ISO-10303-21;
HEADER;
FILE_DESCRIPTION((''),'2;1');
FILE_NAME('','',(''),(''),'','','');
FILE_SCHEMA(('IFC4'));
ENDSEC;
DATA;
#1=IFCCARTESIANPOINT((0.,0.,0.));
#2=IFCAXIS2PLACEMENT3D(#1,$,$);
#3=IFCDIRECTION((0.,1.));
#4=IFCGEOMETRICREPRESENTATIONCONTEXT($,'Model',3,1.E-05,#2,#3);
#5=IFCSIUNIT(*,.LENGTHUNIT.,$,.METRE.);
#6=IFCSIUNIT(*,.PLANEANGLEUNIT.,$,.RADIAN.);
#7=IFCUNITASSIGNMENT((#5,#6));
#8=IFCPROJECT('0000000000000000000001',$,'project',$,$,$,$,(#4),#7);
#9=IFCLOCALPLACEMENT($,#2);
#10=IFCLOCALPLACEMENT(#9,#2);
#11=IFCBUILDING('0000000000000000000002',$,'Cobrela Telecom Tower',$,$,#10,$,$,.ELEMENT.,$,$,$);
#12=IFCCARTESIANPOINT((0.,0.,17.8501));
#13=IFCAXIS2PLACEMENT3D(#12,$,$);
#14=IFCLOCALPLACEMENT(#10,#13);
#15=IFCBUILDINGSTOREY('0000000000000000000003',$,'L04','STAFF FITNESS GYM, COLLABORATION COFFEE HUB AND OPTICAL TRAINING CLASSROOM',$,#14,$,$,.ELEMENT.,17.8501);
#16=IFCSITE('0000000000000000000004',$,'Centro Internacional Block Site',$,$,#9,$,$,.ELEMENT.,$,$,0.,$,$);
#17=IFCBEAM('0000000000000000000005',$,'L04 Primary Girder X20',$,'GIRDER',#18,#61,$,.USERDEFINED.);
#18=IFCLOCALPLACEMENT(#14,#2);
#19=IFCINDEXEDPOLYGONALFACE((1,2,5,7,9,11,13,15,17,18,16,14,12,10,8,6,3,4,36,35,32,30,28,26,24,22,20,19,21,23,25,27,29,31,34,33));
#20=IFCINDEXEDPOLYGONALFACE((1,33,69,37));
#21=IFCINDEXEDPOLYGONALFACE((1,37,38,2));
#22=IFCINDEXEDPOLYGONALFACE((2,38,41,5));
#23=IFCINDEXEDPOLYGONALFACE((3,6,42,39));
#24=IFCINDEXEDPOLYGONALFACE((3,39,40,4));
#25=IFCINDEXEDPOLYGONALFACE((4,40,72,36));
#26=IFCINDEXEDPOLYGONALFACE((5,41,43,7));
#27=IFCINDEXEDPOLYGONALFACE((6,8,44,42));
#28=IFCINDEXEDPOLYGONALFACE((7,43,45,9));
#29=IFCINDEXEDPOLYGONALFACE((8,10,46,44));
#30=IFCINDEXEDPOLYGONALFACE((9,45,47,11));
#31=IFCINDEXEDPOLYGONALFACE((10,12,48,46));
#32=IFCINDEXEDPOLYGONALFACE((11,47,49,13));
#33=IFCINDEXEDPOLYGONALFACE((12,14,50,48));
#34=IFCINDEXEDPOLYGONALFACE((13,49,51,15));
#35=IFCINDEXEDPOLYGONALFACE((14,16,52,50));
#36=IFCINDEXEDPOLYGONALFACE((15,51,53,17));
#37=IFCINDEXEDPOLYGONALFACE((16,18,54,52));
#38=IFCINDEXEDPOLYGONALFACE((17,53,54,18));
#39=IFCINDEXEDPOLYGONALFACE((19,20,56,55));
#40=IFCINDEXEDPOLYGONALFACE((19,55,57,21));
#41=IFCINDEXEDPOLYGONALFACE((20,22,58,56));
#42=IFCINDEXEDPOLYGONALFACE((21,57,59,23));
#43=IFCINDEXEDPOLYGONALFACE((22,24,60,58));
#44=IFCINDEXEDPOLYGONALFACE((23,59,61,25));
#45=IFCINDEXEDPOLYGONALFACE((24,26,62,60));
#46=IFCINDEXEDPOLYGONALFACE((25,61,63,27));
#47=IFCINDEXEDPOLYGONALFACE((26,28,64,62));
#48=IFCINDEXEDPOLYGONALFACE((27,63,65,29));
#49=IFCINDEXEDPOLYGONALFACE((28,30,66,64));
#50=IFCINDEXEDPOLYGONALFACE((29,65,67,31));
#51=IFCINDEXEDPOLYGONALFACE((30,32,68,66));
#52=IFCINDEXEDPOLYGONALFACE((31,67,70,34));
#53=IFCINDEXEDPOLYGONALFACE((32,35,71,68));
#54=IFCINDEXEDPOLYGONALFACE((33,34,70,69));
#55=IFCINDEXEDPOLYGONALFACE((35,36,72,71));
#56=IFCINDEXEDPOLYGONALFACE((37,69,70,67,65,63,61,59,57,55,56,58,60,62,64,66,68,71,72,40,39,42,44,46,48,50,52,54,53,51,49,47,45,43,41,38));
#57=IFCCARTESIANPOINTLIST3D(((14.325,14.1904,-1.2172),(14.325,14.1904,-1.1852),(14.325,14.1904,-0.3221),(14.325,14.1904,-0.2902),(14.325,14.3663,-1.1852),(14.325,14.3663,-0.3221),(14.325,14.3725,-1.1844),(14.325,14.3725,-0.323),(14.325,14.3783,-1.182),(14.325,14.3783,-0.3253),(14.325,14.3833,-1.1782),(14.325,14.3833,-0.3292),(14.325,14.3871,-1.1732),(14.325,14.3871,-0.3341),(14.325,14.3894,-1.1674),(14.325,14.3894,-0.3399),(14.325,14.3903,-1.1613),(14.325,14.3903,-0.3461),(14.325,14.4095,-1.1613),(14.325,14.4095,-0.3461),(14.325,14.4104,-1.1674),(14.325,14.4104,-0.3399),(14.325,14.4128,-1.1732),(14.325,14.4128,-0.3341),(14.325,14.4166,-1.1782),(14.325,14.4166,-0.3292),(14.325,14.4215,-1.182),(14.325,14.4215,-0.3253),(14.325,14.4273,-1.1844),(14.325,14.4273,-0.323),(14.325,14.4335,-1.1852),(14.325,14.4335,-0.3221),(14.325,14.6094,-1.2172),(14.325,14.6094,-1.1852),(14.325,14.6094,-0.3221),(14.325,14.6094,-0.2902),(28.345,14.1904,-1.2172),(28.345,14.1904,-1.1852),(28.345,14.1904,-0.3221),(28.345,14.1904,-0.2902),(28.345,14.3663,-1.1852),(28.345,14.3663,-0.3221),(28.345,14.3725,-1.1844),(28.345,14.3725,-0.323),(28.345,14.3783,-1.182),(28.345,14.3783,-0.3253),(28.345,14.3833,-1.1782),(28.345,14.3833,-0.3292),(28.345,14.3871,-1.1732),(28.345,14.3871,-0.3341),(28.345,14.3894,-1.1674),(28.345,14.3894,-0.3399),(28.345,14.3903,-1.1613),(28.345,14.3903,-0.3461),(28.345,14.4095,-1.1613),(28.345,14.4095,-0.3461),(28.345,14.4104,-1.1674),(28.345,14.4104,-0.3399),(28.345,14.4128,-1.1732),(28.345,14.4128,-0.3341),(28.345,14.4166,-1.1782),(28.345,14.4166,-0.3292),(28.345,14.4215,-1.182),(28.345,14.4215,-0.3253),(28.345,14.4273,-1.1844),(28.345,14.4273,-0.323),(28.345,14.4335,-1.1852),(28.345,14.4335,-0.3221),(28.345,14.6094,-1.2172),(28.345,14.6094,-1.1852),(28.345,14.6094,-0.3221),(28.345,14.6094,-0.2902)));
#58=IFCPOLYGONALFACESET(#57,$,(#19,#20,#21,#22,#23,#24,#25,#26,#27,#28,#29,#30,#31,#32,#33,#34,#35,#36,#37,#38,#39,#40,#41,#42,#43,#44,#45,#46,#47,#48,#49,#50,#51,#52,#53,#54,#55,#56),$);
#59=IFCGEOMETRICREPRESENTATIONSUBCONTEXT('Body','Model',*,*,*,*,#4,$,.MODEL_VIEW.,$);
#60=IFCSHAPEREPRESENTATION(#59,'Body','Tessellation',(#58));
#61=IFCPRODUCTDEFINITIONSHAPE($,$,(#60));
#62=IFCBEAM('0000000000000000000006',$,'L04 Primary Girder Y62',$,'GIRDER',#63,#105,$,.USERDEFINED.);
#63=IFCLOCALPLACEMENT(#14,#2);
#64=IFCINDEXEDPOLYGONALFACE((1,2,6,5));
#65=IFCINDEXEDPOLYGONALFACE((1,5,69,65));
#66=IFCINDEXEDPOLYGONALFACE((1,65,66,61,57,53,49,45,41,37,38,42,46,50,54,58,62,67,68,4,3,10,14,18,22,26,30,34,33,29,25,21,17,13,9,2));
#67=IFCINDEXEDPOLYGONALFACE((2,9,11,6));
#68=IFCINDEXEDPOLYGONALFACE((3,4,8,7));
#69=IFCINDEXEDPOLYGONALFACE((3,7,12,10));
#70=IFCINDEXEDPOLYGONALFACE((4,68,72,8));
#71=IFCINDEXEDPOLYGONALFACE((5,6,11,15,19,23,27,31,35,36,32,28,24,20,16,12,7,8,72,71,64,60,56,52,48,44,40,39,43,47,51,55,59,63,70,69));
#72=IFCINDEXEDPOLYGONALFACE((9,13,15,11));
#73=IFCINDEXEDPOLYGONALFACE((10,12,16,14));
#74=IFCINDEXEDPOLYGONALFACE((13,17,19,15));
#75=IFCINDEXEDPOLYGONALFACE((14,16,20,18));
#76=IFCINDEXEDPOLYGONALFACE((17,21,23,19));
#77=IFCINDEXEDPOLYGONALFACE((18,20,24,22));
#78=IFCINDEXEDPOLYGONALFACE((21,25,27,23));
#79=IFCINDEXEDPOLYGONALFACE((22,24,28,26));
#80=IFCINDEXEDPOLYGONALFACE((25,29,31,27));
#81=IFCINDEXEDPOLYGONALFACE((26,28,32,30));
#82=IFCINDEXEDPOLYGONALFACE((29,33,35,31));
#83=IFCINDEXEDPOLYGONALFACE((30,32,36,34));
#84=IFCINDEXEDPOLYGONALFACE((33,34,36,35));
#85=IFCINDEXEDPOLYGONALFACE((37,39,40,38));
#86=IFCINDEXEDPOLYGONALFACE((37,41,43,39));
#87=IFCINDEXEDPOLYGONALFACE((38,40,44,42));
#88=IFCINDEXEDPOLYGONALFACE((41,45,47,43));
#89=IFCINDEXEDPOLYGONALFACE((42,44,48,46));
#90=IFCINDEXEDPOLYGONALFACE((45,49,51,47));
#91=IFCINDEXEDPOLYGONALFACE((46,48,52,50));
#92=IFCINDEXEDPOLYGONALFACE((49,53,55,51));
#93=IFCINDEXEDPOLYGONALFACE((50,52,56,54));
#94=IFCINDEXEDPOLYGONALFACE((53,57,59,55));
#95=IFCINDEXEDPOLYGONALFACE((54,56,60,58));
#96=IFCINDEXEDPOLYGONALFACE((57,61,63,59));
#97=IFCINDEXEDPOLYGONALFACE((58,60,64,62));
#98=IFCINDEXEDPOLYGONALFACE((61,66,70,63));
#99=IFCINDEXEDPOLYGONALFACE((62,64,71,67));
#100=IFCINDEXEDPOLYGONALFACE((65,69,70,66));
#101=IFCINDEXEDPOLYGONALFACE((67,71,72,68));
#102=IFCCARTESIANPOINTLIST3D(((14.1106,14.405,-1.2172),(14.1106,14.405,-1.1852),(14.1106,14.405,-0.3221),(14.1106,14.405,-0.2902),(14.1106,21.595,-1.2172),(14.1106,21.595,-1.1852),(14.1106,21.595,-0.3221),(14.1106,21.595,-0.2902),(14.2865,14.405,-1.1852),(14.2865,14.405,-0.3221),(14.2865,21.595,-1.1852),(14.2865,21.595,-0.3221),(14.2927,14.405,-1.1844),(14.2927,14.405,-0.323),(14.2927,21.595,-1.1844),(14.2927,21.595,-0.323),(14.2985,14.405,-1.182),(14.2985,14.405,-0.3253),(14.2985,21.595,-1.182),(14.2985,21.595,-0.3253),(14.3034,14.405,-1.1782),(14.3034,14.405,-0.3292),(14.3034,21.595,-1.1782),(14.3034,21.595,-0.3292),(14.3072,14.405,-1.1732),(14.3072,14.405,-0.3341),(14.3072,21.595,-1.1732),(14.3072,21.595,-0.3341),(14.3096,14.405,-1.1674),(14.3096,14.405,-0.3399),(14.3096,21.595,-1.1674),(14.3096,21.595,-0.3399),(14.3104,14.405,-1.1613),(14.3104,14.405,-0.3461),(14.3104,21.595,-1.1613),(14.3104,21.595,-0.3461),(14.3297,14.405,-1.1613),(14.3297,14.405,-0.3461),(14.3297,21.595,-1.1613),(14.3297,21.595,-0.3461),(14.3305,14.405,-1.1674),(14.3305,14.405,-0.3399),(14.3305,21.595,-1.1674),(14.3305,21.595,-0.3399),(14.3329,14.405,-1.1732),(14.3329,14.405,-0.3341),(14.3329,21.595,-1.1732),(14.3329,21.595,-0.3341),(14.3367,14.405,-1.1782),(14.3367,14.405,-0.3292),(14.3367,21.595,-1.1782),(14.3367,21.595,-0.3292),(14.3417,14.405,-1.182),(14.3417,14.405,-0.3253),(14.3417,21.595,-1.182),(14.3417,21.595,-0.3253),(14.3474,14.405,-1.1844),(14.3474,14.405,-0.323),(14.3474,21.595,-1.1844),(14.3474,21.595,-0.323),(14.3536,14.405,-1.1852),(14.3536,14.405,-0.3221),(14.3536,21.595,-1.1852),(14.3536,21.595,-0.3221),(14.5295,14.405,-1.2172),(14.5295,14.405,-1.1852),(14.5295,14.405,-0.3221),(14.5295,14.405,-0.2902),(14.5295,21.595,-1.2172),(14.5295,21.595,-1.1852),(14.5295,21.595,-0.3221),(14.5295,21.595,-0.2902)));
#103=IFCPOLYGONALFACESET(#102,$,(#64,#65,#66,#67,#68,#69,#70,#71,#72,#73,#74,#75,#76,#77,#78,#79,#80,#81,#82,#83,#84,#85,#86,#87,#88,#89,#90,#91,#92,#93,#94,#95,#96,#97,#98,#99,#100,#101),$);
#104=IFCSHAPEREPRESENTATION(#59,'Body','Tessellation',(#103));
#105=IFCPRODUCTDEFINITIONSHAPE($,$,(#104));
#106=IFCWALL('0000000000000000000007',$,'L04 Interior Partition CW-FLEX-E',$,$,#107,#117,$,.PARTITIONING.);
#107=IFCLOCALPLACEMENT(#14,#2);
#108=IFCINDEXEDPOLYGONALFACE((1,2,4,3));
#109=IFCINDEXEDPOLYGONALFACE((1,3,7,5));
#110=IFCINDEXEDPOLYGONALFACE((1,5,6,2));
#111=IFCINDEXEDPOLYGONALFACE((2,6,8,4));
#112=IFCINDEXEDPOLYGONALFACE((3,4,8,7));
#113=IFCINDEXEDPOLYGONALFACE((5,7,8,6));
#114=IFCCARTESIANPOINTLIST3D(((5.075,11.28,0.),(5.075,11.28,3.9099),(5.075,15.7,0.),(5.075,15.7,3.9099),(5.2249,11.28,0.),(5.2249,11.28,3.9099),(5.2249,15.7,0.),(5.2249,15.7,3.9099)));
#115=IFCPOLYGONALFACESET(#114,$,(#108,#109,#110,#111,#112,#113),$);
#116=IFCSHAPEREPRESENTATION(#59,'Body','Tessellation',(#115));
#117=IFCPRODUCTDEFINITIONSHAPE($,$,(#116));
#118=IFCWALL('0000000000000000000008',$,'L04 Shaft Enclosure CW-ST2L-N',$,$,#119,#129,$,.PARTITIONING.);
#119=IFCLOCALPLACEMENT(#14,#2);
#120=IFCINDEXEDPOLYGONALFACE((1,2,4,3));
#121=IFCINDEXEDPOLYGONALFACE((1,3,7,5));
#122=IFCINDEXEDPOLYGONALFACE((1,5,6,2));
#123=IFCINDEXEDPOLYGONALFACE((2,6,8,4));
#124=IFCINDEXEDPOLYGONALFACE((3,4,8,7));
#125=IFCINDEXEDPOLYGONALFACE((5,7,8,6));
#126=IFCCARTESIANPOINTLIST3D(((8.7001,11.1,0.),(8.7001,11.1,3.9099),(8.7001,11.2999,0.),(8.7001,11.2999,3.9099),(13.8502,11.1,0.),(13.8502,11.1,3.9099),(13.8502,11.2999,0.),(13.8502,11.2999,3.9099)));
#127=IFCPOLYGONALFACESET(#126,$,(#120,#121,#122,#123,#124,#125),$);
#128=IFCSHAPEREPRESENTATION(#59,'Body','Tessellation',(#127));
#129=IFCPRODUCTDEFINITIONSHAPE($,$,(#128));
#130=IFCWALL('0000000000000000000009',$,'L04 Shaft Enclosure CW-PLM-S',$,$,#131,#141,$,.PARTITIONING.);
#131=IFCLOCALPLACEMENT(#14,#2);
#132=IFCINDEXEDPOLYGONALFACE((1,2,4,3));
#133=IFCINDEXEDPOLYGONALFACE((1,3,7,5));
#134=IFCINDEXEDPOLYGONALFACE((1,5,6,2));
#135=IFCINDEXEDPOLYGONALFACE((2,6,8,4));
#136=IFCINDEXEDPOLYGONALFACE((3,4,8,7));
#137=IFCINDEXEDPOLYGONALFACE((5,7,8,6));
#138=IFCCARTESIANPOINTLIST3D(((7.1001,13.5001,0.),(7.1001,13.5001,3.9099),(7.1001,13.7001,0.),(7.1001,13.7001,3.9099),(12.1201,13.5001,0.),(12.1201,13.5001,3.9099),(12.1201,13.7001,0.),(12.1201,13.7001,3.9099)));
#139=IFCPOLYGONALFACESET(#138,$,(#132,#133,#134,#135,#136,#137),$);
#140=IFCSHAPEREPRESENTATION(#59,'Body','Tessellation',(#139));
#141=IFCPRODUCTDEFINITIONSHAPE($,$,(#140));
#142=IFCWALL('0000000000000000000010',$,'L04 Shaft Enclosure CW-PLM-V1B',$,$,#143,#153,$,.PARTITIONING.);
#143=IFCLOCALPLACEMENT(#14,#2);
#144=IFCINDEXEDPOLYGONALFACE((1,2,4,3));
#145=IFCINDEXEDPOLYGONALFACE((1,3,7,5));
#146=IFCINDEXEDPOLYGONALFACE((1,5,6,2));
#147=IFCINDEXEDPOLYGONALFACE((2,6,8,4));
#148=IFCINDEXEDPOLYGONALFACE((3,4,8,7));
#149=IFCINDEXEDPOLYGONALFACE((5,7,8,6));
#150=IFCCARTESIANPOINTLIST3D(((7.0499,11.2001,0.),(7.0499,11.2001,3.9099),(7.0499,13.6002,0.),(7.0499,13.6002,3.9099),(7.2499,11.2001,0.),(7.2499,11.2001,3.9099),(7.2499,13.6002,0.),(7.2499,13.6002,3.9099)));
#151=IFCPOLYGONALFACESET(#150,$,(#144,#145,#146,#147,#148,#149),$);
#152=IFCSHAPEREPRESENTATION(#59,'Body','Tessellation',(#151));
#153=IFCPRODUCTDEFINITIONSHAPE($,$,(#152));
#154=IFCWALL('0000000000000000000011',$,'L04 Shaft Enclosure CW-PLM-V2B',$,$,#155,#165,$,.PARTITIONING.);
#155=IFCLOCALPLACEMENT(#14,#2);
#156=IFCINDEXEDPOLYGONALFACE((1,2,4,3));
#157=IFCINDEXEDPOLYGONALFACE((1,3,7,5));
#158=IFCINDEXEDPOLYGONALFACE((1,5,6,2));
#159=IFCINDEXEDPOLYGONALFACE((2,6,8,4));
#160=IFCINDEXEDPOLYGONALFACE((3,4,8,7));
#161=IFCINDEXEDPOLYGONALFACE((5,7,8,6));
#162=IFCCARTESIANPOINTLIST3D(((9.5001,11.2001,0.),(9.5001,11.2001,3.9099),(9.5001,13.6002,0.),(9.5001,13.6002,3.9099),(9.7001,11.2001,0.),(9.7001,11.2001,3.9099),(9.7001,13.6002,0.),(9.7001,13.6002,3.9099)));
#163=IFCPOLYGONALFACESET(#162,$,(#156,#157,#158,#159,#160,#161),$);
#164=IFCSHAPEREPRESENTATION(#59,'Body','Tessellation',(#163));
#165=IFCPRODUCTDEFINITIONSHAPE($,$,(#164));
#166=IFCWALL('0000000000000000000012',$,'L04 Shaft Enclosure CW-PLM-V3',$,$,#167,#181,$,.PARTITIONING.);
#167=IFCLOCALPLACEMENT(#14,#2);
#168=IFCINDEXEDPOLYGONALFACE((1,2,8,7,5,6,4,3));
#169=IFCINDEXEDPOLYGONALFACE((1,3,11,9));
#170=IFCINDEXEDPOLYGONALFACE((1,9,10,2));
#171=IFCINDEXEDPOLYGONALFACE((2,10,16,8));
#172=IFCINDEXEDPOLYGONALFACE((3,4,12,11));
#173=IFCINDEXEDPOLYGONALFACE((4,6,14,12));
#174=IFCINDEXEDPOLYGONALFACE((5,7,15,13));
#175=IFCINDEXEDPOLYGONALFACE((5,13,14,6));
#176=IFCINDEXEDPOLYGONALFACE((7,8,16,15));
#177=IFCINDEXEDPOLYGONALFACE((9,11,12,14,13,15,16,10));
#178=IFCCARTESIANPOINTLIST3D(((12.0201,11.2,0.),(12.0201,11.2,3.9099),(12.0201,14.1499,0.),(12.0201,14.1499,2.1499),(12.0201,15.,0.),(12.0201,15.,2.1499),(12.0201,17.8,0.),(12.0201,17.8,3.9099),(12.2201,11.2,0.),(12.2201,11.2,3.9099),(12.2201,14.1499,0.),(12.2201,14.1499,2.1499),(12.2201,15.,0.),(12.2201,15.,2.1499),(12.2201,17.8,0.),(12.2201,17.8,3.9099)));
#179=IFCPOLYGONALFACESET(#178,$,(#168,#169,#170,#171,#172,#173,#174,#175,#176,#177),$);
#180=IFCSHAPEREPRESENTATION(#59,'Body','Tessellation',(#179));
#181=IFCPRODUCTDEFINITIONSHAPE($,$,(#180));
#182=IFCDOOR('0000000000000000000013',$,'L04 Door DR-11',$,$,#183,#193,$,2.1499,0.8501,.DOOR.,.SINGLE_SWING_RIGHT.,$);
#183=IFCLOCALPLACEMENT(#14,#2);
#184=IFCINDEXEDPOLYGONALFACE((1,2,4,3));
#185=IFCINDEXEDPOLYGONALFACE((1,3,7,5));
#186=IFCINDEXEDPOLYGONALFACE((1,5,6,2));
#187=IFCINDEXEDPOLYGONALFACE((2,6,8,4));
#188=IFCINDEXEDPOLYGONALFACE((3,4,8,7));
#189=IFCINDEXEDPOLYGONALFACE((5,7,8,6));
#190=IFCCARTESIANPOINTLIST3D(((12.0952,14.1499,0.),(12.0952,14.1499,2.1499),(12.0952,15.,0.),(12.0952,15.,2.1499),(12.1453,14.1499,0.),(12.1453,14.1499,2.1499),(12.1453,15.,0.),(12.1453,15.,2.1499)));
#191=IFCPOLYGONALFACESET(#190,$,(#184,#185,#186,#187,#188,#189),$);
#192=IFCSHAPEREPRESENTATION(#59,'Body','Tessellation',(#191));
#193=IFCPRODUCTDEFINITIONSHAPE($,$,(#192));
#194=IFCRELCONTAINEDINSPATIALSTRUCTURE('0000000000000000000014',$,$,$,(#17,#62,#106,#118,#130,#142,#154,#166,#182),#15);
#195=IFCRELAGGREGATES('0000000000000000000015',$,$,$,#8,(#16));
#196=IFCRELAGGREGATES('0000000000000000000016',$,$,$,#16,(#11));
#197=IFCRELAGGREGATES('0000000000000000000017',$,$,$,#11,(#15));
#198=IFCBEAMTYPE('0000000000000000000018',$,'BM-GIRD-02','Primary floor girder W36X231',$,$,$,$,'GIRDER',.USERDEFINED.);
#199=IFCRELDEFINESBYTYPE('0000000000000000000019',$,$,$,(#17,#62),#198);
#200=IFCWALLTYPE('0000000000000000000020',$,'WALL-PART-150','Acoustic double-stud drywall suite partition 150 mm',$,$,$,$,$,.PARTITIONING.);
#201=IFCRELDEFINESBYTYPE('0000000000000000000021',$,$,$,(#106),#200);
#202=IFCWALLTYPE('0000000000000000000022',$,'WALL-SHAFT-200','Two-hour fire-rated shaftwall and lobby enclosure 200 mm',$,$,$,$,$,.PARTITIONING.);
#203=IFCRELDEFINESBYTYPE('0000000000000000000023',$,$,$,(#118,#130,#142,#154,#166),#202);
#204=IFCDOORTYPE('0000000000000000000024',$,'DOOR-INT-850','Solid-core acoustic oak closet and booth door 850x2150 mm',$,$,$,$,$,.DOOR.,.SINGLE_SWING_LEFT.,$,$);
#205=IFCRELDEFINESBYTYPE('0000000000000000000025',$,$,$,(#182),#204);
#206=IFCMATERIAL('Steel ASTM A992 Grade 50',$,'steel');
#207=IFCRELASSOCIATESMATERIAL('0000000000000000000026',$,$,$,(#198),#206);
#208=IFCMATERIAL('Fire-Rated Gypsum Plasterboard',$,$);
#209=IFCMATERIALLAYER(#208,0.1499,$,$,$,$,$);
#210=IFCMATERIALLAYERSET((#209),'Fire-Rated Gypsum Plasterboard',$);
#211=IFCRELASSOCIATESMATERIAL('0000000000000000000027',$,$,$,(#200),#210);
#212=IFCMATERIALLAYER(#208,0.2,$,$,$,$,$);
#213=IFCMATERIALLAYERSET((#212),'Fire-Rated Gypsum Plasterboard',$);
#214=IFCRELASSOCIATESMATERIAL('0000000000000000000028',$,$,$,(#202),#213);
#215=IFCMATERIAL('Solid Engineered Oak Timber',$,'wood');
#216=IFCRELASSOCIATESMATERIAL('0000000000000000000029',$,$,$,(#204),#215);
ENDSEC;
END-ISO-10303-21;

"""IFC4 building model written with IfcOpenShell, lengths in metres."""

from ifc_helpers import new_model, si_unit, direction, frame, frame_2d, origin, origin_2d, place, context, subcontext, project, spatial, rectangle, i_section, extrude, material, layer, layer_set, material_profile, profile_set, type_object, element, fill, save


model = new_model("IFC4")

# Units and contexts
model_context = context("Model", 3, precision=1e-05, world=origin(), true_north=direction((0.0, 1.0)))
body_context = subcontext(model_context, "Body", "Model", "MODEL_VIEW")
ifc_project = project(units=[si_unit("LENGTHUNIT", "METRE"), si_unit("PLANEANGLEUNIT", "RADIAN")], contexts=[model_context])

# Site, building, storey
site_placement = place(None, origin())
site = spatial("IfcSite", under=ifc_project, at=site_placement, Name="Centro Internacional Block Site", CompositionType="ELEMENT", RefElevation=0.0)
building_placement = place(site_placement, origin())
building = spatial("IfcBuilding", under=site, at=building_placement, Name="Cobrela Telecom Tower", CompositionType="ELEMENT")
storey_placement = place(building_placement, frame((0.0, 0.0, 17.8501)))
storey = spatial("IfcBuildingStorey", under=building, at=storey_placement, Name="L04", Description="STAFF FITNESS GYM, COLLABORATION COFFEE HUB AND OPTICAL TRAINING CLASSROOM", CompositionType="ELEMENT", Elevation=17.8501)

# Beams
ifc_material_1 = material(Name="Steel ASTM A992 Grade 50", Category="steel")
ifc_material_profile = material_profile(ifc_material_1, i_section(OverallWidth=0.4189, OverallDepth=0.927, WebThickness=0.0193, FlangeThickness=0.032, FilletRadius=0.0239, at=origin_2d()), Name="W36X231")
ifc_profile_set = profile_set([ifc_material_profile], Name="Steel ASTM A992 Grade 50")
beam_type = type_object("IfcBeamType", Name="BM-GIRD-02", Description="Primary floor girder W36X231", ElementType="GIRDER", PredefinedType="USERDEFINED", material=ifc_profile_set)
beam_1_placement = place(storey_placement, frame((14.325, 14.3999, -0.7537), z_axis=(1.0, 0.0, 0.0), x_axis=(0.0, 1.0, 0.0)))
element("IfcBeam", 1, at=beam_1_placement, inside=storey, type_object=beam_type, Name="L04 Primary Girder X20", ObjectType="GIRDER", PredefinedType="USERDEFINED", context=body_context, shape_type="SweptSolid", body=[
    extrude(i_section(OverallWidth=0.4189, OverallDepth=0.927, WebThickness=0.0193, FlangeThickness=0.032, FilletRadius=0.0239, at=origin_2d()), origin(), (0.0, 0.0, 1.0), 14.02),
])
beam_2_placement = place(storey_placement, frame((14.3201, 14.405, -0.7537), z_axis=(0.0, 1.0, 0.0), x_axis=(-1.0, 0.0, 0.0)))
element("IfcBeam", 2, at=beam_2_placement, inside=storey, type_object=beam_type, Name="L04 Primary Girder Y62", ObjectType="GIRDER", PredefinedType="USERDEFINED", context=body_context, shape_type="SweptSolid", body=[
    extrude(i_section(OverallWidth=0.4189, OverallDepth=0.927, WebThickness=0.0193, FlangeThickness=0.032, FilletRadius=0.0239, at=origin_2d()), origin(), (0.0, 0.0, 1.0), 7.1899),
])

# Walls
ifc_material_2 = material(Name="Fire-Rated Gypsum Plasterboard")
ifc_layer_1 = layer(ifc_material_2, 0.1499)
ifc_layer_set_1 = layer_set([ifc_layer_1], Name="Fire-Rated Gypsum Plasterboard")
wall_type_1 = type_object("IfcWallType", Name="WALL-PART-150", Description="Acoustic double-stud drywall suite partition 150 mm", PredefinedType="PARTITIONING", material=ifc_layer_set_1)
wall_1_placement = place(storey_placement, frame((5.1499, 11.28, 0.0), z_axis=(0.0, 0.0, 1.0), x_axis=(0.0, 1.0, 0.0)))
element("IfcWall", 3, at=wall_1_placement, inside=storey, type_object=wall_type_1, Name="L04 Interior Partition CW-FLEX-E", PredefinedType="PARTITIONING", context=body_context, shape_type="SweptSolid", body=[
    extrude(rectangle(XDim=4.4199, YDim=0.1499, at=frame_2d((2.21, 0.0))), origin(), (0.0, 0.0, 1.0), 3.9099),
])
ifc_layer_2 = layer(ifc_material_2, 0.2)
ifc_layer_set_2 = layer_set([ifc_layer_2], Name="Fire-Rated Gypsum Plasterboard")
wall_type_2 = type_object("IfcWallType", Name="WALL-SHAFT-200", Description="Two-hour fire-rated shaftwall and lobby enclosure 200 mm", PredefinedType="PARTITIONING", material=ifc_layer_set_2)
wall_2_placement = place(storey_placement, frame((8.7, 11.2, 0.0), z_axis=(0.0, 0.0, 1.0), x_axis=(1.0, 0.0, 0.0)))
element("IfcWall", 4, at=wall_2_placement, inside=storey, type_object=wall_type_2, Name="L04 Shaft Enclosure CW-ST2L-N", PredefinedType="PARTITIONING", context=body_context, shape_type="SweptSolid", body=[
    extrude(rectangle(XDim=5.1501, YDim=0.2, at=frame_2d((2.5752, 0.0))), origin(), (0.0, 0.0, 1.0), 3.9099),
])
wall_3_placement = place(storey_placement, frame((7.1001, 13.6001, 0.0), z_axis=(0.0, 0.0, 1.0), x_axis=(1.0, 0.0, 0.0)))
element("IfcWall", 5, at=wall_3_placement, inside=storey, type_object=wall_type_2, Name="L04 Shaft Enclosure CW-PLM-S", PredefinedType="PARTITIONING", context=body_context, shape_type="SweptSolid", body=[
    extrude(rectangle(XDim=5.02, YDim=0.2, at=frame_2d((2.51, 0.0))), origin(), (0.0, 0.0, 1.0), 3.9099),
])
for number, where, z_axis, x_axis, name in (
    (6, (7.1499, 11.2, 0.0), (0.0, 0.0, 1.0), (0.0, 1.0, 0.0), "L04 Shaft Enclosure CW-PLM-V1B"),
    (7, (9.6001, 11.2, 0.0), (0.0, 0.0, 1.0), (0.0, 1.0, 0.0), "L04 Shaft Enclosure CW-PLM-V2B"),
):
    element("IfcWall", number, at=place(storey_placement, frame(where, z_axis=z_axis, x_axis=x_axis)), inside=storey, type_object=wall_type_2, Name=name, PredefinedType="PARTITIONING", context=body_context, shape_type="SweptSolid", body=[
        extrude(rectangle(XDim=2.4001, YDim=0.2, at=frame_2d((1.2002, 0.0))), origin(), (0.0, 0.0, 1.0), 3.9099),
    ])

# Wall, opening, door
wall_4_placement = place(storey_placement, frame((12.1201, 11.2, 0.0), z_axis=(0.0, 0.0, 1.0), x_axis=(0.0, 1.0, 0.0)))
wall_4 = element("IfcWall", 8, at=wall_4_placement, inside=storey, type_object=wall_type_2, Name="L04 Shaft Enclosure CW-PLM-V3", PredefinedType="PARTITIONING", context=body_context, shape_type="SweptSolid", body=[
    extrude(rectangle(XDim=6.6001, YDim=0.2, at=frame_2d((3.3, 0.0))), origin(), (0.0, 0.0, 1.0), 3.9099),
])
opening_placement = place(wall_4_placement, frame((2.95, 0.0, 0.0)))
opening = element("IfcOpeningElement", 9, at=opening_placement, cuts=wall_4, PredefinedType="OPENING", context=body_context, shape_type="SweptSolid", body=[
    extrude(rectangle(XDim=0.8501, YDim=2.1499, at=frame_2d((0.425, 1.075))), frame((0.0, 0.1118, 0.0), z_axis=(0.0, -1.0, 0.0), x_axis=(1.0, 0.0, 0.0)), (0.0, 0.0, 1.0), 0.2239),
])
ifc_material_3 = material(Name="Solid Engineered Oak Timber", Category="wood")
door_type = type_object("IfcDoorType", Name="DOOR-INT-850", Description="Solid-core acoustic oak closet and booth door 850x2150 mm", OperationType="SINGLE_SWING_LEFT", PredefinedType="DOOR", material=ifc_material_3)
door_placement = place(opening_placement, origin())
door = element("IfcDoor", 10, at=door_placement, inside=storey, type_object=door_type, Name="L04 Door DR-11", OperationType="SINGLE_SWING_RIGHT", OverallHeight=2.1499, OverallWidth=0.8501, PredefinedType="DOOR", context=body_context, shape_type="SweptSolid", body=[
    extrude(rectangle(XDim=0.8501, YDim=2.1499, at=frame_2d((0.425, 1.075))), frame((0.0, 0.0249, 0.0), z_axis=(0.0, -1.0, 0.0), x_axis=(1.0, 0.0, 0.0)), (0.0, 0.0, 1.0), 0.05),
])
fill(opening, door)

save(model, "model.ifc")
